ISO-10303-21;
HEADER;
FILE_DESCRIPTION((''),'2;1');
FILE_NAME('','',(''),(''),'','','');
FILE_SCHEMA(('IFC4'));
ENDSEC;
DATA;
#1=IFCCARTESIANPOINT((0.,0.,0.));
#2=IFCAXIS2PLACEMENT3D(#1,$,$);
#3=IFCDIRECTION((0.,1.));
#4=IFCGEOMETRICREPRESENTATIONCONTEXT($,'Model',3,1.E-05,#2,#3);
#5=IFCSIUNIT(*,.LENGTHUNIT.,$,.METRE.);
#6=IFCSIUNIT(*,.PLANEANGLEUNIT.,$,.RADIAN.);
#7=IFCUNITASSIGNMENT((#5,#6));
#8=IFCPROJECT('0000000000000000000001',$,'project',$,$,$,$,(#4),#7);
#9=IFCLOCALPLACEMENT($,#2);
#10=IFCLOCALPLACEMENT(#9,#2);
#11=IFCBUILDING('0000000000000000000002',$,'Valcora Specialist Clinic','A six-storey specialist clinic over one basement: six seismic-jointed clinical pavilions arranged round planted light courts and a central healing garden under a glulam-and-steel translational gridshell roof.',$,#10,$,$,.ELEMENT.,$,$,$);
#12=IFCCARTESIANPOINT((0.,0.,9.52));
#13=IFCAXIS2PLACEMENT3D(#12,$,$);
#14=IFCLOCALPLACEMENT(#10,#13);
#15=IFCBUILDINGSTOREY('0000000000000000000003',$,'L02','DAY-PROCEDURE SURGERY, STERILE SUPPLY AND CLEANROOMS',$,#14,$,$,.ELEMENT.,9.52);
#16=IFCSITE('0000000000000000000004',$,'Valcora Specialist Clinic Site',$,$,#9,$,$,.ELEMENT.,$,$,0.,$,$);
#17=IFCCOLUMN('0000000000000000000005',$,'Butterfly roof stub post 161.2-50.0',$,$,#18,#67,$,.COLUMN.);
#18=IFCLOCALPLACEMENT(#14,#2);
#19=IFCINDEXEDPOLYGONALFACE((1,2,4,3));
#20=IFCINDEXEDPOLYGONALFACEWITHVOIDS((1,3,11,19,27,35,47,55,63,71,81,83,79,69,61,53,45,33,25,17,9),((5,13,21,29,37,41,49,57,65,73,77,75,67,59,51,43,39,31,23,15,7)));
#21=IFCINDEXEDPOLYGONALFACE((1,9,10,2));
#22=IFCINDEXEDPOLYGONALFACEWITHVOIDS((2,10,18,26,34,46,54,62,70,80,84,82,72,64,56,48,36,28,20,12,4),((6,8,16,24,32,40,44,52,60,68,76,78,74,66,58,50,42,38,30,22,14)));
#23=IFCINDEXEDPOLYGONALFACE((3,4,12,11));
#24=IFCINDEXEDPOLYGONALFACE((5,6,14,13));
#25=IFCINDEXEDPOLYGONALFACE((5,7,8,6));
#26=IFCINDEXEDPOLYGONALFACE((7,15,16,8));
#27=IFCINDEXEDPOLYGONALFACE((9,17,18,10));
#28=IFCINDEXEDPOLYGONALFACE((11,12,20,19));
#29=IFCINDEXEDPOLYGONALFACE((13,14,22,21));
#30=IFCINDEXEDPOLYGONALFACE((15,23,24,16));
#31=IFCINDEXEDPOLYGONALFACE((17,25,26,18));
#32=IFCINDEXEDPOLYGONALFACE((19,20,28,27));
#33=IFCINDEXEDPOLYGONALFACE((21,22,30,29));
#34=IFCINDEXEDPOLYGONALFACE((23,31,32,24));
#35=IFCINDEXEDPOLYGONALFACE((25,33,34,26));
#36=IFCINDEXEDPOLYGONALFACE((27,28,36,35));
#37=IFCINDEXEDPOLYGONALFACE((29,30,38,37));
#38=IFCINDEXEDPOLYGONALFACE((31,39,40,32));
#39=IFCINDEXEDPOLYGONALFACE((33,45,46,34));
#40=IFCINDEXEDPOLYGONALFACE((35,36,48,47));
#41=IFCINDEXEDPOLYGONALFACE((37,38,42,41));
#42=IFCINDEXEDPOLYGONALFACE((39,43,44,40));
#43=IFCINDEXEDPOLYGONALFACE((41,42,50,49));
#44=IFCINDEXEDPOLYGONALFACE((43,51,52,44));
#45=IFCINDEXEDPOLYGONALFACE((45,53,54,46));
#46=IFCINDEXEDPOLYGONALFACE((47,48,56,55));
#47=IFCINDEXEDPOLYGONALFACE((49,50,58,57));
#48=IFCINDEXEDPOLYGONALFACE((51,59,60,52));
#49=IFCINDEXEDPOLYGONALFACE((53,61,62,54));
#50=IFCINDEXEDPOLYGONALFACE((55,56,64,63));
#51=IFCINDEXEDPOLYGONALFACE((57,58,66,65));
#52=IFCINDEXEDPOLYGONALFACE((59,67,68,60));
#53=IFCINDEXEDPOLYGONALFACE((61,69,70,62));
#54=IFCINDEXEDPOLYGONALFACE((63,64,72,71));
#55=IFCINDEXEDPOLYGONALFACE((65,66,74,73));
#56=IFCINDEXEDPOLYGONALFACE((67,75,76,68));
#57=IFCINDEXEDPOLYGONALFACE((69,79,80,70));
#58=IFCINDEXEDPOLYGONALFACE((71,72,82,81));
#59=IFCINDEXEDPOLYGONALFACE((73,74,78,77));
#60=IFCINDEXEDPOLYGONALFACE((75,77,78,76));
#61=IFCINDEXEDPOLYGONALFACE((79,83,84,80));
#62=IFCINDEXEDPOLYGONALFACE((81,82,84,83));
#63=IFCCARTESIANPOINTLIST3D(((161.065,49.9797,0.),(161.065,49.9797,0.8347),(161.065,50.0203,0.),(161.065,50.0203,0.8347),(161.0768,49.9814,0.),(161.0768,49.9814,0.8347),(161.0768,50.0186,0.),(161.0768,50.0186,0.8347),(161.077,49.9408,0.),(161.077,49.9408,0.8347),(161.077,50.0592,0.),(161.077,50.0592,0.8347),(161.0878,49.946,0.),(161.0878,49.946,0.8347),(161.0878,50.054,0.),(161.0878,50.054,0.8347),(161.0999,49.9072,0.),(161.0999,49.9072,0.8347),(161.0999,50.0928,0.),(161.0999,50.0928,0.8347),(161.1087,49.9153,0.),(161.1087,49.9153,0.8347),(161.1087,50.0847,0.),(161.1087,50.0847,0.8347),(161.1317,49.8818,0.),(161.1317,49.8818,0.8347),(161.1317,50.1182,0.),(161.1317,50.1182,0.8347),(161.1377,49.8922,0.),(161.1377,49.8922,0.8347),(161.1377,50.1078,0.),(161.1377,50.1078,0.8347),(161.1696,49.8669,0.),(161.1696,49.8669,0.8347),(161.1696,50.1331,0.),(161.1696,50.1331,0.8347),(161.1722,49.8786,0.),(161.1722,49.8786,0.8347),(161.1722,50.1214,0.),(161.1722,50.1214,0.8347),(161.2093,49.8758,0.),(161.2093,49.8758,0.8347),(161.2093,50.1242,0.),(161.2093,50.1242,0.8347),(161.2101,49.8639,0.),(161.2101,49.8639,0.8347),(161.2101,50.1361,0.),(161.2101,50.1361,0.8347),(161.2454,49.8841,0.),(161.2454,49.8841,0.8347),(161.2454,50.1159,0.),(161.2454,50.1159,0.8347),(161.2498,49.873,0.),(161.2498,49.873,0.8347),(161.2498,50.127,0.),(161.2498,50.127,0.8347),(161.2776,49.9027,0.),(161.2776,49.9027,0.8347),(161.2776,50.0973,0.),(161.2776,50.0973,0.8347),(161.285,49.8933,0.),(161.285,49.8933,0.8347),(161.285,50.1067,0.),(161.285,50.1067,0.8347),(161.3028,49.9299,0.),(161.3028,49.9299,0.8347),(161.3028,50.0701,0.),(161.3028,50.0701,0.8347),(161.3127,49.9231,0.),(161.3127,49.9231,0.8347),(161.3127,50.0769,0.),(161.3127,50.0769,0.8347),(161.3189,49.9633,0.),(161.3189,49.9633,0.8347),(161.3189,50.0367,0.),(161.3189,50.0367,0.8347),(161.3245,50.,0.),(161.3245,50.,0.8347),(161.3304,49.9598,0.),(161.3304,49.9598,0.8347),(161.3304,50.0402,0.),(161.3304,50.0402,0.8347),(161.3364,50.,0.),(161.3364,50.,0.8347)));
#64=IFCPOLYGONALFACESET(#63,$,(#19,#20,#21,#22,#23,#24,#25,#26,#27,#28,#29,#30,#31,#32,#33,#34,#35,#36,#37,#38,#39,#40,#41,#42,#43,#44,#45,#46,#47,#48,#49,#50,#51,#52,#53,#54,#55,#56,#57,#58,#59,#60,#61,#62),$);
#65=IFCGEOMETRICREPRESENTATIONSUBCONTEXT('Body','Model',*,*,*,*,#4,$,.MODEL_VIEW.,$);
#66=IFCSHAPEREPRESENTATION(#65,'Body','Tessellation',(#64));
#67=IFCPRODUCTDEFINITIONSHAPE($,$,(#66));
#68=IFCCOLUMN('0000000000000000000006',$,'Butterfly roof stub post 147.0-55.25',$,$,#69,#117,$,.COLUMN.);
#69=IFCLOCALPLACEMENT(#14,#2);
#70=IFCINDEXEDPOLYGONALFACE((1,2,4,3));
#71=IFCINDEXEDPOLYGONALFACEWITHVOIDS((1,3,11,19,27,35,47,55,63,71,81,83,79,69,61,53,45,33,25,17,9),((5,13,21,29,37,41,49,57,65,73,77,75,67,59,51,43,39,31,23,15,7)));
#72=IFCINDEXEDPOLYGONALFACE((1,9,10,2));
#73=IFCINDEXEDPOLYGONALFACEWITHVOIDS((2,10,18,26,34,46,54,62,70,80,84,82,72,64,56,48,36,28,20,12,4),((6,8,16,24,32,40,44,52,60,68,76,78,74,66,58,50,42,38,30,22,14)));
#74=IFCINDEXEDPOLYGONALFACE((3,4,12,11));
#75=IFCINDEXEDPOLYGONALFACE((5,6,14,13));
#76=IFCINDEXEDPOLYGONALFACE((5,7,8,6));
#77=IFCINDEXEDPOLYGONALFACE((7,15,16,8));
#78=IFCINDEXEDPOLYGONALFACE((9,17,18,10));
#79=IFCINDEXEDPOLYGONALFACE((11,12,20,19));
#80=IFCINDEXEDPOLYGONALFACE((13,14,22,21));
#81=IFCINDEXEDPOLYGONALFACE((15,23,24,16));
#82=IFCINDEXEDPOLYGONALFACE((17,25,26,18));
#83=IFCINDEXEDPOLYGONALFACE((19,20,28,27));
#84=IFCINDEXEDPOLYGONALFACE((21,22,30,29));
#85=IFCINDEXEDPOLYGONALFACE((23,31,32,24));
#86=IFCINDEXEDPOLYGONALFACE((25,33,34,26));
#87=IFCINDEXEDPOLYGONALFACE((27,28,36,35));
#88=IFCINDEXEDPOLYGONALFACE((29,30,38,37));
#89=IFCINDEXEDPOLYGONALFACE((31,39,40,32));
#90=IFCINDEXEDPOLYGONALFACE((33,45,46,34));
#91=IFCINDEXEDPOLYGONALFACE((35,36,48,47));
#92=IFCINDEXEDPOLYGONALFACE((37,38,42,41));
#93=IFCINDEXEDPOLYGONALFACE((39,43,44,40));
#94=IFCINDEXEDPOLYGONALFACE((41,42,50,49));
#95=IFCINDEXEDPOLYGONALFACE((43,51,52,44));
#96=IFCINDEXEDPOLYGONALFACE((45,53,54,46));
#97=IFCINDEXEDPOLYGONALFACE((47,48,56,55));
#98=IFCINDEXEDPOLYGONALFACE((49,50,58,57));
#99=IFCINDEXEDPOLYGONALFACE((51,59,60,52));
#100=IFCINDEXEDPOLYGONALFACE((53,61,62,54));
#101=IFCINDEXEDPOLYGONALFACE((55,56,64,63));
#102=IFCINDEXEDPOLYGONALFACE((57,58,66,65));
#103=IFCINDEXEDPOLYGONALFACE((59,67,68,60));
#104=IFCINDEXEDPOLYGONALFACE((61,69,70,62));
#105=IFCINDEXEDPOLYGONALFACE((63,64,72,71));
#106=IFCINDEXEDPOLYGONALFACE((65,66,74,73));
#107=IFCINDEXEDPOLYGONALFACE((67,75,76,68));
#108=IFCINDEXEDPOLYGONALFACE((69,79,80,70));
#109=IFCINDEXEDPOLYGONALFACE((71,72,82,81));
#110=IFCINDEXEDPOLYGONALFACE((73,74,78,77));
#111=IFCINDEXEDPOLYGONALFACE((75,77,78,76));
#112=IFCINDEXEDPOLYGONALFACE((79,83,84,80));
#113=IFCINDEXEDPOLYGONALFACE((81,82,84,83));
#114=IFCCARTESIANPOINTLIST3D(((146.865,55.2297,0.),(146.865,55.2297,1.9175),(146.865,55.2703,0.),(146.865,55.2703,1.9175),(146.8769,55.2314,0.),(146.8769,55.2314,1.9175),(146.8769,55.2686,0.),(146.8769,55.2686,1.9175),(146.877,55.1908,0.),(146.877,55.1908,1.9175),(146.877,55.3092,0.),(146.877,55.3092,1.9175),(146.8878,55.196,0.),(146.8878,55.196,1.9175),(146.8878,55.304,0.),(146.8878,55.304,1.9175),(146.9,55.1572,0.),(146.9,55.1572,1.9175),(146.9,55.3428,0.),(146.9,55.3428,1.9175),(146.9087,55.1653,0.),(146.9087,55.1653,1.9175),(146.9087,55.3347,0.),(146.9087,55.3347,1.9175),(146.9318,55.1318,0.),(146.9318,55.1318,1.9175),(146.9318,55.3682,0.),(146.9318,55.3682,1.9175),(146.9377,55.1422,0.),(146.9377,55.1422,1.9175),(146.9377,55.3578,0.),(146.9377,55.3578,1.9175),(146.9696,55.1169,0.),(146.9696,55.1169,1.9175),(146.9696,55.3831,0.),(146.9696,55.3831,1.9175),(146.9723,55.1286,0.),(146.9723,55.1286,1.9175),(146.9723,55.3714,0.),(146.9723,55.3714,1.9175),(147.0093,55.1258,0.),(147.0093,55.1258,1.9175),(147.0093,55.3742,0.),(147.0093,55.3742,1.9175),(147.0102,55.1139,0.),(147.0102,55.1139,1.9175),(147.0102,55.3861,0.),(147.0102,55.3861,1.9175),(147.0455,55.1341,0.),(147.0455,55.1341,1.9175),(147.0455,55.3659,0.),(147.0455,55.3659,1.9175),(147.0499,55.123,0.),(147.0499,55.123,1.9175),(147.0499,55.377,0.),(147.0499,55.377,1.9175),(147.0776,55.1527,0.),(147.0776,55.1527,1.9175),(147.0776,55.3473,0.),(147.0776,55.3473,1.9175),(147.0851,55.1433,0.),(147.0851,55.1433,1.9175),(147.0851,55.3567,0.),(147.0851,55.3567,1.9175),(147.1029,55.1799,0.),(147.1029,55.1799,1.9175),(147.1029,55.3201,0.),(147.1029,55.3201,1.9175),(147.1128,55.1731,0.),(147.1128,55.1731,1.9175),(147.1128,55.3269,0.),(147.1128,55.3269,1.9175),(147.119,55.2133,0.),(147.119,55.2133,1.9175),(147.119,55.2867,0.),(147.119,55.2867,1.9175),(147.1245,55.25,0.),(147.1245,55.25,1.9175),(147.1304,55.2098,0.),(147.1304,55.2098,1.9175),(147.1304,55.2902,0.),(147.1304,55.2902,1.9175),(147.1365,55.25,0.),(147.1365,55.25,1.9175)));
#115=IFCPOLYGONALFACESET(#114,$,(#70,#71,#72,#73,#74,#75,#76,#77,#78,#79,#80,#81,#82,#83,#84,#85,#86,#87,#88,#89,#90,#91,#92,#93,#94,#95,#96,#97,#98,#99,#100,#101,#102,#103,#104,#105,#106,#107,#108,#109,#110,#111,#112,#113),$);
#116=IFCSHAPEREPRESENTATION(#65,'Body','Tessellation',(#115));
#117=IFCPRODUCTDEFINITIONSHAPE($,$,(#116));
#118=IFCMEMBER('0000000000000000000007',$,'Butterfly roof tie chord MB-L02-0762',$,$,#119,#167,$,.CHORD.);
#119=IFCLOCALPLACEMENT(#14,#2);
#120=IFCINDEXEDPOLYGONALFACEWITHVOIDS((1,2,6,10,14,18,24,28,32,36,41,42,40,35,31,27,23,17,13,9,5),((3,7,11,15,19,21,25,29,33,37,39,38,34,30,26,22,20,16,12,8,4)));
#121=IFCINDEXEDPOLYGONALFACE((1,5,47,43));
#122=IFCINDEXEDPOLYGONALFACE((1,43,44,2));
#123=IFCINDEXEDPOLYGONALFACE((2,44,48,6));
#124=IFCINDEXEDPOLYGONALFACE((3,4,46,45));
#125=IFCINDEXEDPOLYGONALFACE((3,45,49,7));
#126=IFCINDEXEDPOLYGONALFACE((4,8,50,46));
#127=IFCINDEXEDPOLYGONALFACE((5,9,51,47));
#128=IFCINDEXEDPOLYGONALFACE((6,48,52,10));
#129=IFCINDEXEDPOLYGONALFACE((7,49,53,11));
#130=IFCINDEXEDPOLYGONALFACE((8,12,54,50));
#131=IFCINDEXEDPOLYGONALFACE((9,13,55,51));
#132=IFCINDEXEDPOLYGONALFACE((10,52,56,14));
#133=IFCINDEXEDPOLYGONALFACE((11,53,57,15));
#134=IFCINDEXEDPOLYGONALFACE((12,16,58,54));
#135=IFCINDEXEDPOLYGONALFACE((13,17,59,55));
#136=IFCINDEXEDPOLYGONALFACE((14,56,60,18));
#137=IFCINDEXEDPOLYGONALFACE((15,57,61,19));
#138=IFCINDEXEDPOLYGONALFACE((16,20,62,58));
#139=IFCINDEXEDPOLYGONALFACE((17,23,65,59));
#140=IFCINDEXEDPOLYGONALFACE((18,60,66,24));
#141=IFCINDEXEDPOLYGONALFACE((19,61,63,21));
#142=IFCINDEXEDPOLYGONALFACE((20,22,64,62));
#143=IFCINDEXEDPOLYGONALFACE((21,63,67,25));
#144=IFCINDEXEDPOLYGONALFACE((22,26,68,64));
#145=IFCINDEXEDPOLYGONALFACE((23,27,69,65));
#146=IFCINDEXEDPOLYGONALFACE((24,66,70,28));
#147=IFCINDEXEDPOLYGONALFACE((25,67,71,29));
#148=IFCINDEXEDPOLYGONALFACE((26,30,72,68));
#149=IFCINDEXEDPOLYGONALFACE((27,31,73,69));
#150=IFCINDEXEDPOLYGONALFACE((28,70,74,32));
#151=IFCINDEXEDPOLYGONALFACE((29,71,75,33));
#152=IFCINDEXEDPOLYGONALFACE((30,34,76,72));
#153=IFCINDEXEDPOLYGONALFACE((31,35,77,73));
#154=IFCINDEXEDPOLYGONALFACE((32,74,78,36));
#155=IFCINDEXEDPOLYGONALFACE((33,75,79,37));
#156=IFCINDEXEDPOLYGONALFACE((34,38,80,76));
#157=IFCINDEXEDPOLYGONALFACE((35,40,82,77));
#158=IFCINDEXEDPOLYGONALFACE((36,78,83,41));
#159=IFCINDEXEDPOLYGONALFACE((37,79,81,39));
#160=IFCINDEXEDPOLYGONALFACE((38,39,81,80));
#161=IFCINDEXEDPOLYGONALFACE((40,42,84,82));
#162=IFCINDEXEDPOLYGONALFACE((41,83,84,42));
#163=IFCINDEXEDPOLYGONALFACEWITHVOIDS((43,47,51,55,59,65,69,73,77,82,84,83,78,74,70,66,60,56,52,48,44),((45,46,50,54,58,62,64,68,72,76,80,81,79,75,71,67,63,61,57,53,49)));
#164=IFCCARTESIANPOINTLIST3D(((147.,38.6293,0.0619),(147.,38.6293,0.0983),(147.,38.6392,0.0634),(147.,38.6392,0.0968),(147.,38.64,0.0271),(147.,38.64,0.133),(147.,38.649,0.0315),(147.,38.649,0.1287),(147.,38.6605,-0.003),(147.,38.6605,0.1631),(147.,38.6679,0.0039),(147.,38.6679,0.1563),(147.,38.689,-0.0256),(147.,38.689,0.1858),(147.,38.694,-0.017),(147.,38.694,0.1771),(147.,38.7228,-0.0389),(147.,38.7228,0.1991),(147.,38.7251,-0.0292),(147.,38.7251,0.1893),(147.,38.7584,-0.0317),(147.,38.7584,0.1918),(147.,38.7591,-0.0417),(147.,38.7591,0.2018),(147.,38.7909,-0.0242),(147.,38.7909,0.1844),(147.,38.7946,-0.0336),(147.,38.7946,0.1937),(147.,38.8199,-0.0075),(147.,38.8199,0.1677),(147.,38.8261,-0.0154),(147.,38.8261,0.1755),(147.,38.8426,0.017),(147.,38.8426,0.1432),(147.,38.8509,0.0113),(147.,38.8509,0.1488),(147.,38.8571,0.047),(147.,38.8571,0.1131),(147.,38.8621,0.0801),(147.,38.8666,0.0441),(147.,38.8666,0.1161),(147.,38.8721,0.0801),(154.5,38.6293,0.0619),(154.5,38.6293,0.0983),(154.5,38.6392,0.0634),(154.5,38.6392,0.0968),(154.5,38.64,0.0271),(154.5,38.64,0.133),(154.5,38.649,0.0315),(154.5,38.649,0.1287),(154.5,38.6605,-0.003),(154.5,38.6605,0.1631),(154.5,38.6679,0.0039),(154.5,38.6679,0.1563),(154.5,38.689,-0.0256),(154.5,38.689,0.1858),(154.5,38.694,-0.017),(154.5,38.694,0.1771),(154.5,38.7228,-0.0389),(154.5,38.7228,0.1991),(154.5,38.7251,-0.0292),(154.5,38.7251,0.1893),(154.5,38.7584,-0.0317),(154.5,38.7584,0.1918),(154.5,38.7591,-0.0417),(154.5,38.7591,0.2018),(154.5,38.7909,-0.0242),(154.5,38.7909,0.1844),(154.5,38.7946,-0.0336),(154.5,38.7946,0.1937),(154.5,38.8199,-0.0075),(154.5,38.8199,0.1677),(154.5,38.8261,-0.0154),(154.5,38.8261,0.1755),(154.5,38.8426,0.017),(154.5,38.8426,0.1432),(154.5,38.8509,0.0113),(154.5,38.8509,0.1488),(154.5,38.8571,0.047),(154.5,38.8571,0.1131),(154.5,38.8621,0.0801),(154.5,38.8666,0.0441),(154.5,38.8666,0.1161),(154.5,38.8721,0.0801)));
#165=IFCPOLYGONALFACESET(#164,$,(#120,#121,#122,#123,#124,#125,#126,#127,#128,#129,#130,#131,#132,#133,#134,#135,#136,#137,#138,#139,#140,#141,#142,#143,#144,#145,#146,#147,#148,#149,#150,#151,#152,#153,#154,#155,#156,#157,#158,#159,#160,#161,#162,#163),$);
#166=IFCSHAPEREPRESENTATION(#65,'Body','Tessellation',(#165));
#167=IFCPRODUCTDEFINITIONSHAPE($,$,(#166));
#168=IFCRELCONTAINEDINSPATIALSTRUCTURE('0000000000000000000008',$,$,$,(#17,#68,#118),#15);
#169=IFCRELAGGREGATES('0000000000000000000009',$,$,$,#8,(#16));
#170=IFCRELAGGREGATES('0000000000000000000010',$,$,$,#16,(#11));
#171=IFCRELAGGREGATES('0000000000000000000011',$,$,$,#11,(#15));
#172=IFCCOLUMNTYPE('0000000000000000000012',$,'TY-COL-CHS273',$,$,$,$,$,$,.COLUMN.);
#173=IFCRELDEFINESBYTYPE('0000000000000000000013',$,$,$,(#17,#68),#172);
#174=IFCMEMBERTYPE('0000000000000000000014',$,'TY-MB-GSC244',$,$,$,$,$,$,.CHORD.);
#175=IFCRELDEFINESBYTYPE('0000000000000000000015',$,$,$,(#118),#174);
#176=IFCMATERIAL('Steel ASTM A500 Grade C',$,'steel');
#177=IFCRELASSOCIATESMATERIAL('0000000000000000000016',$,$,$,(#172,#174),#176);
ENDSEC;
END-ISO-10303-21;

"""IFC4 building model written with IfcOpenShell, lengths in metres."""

from ifc_helpers import new_model, si_unit, direction, frame, origin, origin_2d, place, context, subcontext, project, spatial, hollow_circle, extrude, material, material_profile, profile_set, type_object, element, save


model = new_model("IFC4")

# Units and contexts
model_context = context("Model", 3, precision=1e-05, world=origin(), true_north=direction((0.0, 1.0)))
body_context = subcontext(model_context, "Body", "Model", "MODEL_VIEW")
ifc_project = project(units=[si_unit("LENGTHUNIT", "METRE"), si_unit("PLANEANGLEUNIT", "RADIAN")], contexts=[model_context])

# Site, building, storey
site_placement = place(None, origin())
site = spatial("IfcSite", under=ifc_project, at=site_placement, Name="Valcora Specialist Clinic Site", CompositionType="ELEMENT", RefElevation=0.0)
building_placement = place(site_placement, origin())
building = spatial("IfcBuilding", under=site, at=building_placement, Name="Valcora Specialist Clinic", Description="A six-storey specialist clinic over one basement: six seismic-jointed clinical pavilions arranged round planted light courts and a central healing garden under a glulam-and-steel translational gridshell roof.", CompositionType="ELEMENT")
storey_placement = place(building_placement, frame((0.0, 0.0, 9.52)))
storey = spatial("IfcBuildingStorey", under=building, at=storey_placement, Name="L02", Description="DAY-PROCEDURE SURGERY, STERILE SUPPLY AND CLEANROOMS", CompositionType="ELEMENT", Elevation=9.52)

# Columns
ifc_material_1 = material(Name="Steel ASTM A500 Grade C", Category="steel")
ifc_material_profile_1 = material_profile(ifc_material_1, hollow_circle(Radius=0.1365, WallThickness=0.012, at=origin_2d()), Name="ST-CHS-273X12")
ifc_profile_set_1 = profile_set([ifc_material_profile_1], Name="Steel ASTM A500 Grade C")
column_type = type_object("IfcColumnType", Name="TY-COL-CHS273", PredefinedType="COLUMN", material=ifc_profile_set_1)
for number, where, z_axis, x_axis, name in (
    (1, (161.2, 50.0, 0.0), (0.0, 0.0, 1.0), (1.0, 0.0, 0.0), "Butterfly roof stub post 161.2-50.0"),
):
    element("IfcColumn", number, at=place(storey_placement, frame(where, z_axis=z_axis, x_axis=x_axis)), inside=storey, type_object=column_type, Name=name, PredefinedType="COLUMN", context=body_context, shape_type="SweptSolid", body=[
        extrude(hollow_circle(Radius=0.1365, WallThickness=0.012, at=origin_2d()), origin(), (0.0, 0.0, 1.0), 0.8347),
    ])
column_placement = place(storey_placement, frame((147.0, 55.25, 0.0), z_axis=(0.0, 0.0, 1.0), x_axis=(1.0, 0.0, 0.0)))
element("IfcColumn", 2, at=column_placement, inside=storey, type_object=column_type, Name="Butterfly roof stub post 147.0-55.25", PredefinedType="COLUMN", context=body_context, shape_type="SweptSolid", body=[
    extrude(hollow_circle(Radius=0.1365, WallThickness=0.012, at=origin_2d()), origin(), (0.0, 0.0, 1.0), 1.9175),
])

# Member
ifc_material_profile_2 = material_profile(ifc_material_1, hollow_circle(Radius=0.1221, WallThickness=0.01, at=origin_2d()), Name="ST-CHS-244X10")
ifc_profile_set_2 = profile_set([ifc_material_profile_2], Name="Steel ASTM A500 Grade C")
member_type_1 = type_object("IfcMemberType", Name="TY-MB-GSC244", PredefinedType="CHORD", material=ifc_profile_set_2)
member_1_placement = place(storey_placement, frame((147.0, 38.75, 0.0801), z_axis=(1.0, 0.0, 0.0), x_axis=(0.0, 1.0, 0.0)))
element("IfcMember", 3, at=member_1_placement, inside=storey, type_object=member_type_1, Name="Butterfly roof tie chord MB-L02-0762", PredefinedType="CHORD", context=body_context, shape_type="SweptSolid", body=[
    extrude(hollow_circle(Radius=0.1221, WallThickness=0.01, at=origin_2d()), origin(), (0.0, 0.0, 1.0), 7.5),
])

save(model, "model.ifc")
